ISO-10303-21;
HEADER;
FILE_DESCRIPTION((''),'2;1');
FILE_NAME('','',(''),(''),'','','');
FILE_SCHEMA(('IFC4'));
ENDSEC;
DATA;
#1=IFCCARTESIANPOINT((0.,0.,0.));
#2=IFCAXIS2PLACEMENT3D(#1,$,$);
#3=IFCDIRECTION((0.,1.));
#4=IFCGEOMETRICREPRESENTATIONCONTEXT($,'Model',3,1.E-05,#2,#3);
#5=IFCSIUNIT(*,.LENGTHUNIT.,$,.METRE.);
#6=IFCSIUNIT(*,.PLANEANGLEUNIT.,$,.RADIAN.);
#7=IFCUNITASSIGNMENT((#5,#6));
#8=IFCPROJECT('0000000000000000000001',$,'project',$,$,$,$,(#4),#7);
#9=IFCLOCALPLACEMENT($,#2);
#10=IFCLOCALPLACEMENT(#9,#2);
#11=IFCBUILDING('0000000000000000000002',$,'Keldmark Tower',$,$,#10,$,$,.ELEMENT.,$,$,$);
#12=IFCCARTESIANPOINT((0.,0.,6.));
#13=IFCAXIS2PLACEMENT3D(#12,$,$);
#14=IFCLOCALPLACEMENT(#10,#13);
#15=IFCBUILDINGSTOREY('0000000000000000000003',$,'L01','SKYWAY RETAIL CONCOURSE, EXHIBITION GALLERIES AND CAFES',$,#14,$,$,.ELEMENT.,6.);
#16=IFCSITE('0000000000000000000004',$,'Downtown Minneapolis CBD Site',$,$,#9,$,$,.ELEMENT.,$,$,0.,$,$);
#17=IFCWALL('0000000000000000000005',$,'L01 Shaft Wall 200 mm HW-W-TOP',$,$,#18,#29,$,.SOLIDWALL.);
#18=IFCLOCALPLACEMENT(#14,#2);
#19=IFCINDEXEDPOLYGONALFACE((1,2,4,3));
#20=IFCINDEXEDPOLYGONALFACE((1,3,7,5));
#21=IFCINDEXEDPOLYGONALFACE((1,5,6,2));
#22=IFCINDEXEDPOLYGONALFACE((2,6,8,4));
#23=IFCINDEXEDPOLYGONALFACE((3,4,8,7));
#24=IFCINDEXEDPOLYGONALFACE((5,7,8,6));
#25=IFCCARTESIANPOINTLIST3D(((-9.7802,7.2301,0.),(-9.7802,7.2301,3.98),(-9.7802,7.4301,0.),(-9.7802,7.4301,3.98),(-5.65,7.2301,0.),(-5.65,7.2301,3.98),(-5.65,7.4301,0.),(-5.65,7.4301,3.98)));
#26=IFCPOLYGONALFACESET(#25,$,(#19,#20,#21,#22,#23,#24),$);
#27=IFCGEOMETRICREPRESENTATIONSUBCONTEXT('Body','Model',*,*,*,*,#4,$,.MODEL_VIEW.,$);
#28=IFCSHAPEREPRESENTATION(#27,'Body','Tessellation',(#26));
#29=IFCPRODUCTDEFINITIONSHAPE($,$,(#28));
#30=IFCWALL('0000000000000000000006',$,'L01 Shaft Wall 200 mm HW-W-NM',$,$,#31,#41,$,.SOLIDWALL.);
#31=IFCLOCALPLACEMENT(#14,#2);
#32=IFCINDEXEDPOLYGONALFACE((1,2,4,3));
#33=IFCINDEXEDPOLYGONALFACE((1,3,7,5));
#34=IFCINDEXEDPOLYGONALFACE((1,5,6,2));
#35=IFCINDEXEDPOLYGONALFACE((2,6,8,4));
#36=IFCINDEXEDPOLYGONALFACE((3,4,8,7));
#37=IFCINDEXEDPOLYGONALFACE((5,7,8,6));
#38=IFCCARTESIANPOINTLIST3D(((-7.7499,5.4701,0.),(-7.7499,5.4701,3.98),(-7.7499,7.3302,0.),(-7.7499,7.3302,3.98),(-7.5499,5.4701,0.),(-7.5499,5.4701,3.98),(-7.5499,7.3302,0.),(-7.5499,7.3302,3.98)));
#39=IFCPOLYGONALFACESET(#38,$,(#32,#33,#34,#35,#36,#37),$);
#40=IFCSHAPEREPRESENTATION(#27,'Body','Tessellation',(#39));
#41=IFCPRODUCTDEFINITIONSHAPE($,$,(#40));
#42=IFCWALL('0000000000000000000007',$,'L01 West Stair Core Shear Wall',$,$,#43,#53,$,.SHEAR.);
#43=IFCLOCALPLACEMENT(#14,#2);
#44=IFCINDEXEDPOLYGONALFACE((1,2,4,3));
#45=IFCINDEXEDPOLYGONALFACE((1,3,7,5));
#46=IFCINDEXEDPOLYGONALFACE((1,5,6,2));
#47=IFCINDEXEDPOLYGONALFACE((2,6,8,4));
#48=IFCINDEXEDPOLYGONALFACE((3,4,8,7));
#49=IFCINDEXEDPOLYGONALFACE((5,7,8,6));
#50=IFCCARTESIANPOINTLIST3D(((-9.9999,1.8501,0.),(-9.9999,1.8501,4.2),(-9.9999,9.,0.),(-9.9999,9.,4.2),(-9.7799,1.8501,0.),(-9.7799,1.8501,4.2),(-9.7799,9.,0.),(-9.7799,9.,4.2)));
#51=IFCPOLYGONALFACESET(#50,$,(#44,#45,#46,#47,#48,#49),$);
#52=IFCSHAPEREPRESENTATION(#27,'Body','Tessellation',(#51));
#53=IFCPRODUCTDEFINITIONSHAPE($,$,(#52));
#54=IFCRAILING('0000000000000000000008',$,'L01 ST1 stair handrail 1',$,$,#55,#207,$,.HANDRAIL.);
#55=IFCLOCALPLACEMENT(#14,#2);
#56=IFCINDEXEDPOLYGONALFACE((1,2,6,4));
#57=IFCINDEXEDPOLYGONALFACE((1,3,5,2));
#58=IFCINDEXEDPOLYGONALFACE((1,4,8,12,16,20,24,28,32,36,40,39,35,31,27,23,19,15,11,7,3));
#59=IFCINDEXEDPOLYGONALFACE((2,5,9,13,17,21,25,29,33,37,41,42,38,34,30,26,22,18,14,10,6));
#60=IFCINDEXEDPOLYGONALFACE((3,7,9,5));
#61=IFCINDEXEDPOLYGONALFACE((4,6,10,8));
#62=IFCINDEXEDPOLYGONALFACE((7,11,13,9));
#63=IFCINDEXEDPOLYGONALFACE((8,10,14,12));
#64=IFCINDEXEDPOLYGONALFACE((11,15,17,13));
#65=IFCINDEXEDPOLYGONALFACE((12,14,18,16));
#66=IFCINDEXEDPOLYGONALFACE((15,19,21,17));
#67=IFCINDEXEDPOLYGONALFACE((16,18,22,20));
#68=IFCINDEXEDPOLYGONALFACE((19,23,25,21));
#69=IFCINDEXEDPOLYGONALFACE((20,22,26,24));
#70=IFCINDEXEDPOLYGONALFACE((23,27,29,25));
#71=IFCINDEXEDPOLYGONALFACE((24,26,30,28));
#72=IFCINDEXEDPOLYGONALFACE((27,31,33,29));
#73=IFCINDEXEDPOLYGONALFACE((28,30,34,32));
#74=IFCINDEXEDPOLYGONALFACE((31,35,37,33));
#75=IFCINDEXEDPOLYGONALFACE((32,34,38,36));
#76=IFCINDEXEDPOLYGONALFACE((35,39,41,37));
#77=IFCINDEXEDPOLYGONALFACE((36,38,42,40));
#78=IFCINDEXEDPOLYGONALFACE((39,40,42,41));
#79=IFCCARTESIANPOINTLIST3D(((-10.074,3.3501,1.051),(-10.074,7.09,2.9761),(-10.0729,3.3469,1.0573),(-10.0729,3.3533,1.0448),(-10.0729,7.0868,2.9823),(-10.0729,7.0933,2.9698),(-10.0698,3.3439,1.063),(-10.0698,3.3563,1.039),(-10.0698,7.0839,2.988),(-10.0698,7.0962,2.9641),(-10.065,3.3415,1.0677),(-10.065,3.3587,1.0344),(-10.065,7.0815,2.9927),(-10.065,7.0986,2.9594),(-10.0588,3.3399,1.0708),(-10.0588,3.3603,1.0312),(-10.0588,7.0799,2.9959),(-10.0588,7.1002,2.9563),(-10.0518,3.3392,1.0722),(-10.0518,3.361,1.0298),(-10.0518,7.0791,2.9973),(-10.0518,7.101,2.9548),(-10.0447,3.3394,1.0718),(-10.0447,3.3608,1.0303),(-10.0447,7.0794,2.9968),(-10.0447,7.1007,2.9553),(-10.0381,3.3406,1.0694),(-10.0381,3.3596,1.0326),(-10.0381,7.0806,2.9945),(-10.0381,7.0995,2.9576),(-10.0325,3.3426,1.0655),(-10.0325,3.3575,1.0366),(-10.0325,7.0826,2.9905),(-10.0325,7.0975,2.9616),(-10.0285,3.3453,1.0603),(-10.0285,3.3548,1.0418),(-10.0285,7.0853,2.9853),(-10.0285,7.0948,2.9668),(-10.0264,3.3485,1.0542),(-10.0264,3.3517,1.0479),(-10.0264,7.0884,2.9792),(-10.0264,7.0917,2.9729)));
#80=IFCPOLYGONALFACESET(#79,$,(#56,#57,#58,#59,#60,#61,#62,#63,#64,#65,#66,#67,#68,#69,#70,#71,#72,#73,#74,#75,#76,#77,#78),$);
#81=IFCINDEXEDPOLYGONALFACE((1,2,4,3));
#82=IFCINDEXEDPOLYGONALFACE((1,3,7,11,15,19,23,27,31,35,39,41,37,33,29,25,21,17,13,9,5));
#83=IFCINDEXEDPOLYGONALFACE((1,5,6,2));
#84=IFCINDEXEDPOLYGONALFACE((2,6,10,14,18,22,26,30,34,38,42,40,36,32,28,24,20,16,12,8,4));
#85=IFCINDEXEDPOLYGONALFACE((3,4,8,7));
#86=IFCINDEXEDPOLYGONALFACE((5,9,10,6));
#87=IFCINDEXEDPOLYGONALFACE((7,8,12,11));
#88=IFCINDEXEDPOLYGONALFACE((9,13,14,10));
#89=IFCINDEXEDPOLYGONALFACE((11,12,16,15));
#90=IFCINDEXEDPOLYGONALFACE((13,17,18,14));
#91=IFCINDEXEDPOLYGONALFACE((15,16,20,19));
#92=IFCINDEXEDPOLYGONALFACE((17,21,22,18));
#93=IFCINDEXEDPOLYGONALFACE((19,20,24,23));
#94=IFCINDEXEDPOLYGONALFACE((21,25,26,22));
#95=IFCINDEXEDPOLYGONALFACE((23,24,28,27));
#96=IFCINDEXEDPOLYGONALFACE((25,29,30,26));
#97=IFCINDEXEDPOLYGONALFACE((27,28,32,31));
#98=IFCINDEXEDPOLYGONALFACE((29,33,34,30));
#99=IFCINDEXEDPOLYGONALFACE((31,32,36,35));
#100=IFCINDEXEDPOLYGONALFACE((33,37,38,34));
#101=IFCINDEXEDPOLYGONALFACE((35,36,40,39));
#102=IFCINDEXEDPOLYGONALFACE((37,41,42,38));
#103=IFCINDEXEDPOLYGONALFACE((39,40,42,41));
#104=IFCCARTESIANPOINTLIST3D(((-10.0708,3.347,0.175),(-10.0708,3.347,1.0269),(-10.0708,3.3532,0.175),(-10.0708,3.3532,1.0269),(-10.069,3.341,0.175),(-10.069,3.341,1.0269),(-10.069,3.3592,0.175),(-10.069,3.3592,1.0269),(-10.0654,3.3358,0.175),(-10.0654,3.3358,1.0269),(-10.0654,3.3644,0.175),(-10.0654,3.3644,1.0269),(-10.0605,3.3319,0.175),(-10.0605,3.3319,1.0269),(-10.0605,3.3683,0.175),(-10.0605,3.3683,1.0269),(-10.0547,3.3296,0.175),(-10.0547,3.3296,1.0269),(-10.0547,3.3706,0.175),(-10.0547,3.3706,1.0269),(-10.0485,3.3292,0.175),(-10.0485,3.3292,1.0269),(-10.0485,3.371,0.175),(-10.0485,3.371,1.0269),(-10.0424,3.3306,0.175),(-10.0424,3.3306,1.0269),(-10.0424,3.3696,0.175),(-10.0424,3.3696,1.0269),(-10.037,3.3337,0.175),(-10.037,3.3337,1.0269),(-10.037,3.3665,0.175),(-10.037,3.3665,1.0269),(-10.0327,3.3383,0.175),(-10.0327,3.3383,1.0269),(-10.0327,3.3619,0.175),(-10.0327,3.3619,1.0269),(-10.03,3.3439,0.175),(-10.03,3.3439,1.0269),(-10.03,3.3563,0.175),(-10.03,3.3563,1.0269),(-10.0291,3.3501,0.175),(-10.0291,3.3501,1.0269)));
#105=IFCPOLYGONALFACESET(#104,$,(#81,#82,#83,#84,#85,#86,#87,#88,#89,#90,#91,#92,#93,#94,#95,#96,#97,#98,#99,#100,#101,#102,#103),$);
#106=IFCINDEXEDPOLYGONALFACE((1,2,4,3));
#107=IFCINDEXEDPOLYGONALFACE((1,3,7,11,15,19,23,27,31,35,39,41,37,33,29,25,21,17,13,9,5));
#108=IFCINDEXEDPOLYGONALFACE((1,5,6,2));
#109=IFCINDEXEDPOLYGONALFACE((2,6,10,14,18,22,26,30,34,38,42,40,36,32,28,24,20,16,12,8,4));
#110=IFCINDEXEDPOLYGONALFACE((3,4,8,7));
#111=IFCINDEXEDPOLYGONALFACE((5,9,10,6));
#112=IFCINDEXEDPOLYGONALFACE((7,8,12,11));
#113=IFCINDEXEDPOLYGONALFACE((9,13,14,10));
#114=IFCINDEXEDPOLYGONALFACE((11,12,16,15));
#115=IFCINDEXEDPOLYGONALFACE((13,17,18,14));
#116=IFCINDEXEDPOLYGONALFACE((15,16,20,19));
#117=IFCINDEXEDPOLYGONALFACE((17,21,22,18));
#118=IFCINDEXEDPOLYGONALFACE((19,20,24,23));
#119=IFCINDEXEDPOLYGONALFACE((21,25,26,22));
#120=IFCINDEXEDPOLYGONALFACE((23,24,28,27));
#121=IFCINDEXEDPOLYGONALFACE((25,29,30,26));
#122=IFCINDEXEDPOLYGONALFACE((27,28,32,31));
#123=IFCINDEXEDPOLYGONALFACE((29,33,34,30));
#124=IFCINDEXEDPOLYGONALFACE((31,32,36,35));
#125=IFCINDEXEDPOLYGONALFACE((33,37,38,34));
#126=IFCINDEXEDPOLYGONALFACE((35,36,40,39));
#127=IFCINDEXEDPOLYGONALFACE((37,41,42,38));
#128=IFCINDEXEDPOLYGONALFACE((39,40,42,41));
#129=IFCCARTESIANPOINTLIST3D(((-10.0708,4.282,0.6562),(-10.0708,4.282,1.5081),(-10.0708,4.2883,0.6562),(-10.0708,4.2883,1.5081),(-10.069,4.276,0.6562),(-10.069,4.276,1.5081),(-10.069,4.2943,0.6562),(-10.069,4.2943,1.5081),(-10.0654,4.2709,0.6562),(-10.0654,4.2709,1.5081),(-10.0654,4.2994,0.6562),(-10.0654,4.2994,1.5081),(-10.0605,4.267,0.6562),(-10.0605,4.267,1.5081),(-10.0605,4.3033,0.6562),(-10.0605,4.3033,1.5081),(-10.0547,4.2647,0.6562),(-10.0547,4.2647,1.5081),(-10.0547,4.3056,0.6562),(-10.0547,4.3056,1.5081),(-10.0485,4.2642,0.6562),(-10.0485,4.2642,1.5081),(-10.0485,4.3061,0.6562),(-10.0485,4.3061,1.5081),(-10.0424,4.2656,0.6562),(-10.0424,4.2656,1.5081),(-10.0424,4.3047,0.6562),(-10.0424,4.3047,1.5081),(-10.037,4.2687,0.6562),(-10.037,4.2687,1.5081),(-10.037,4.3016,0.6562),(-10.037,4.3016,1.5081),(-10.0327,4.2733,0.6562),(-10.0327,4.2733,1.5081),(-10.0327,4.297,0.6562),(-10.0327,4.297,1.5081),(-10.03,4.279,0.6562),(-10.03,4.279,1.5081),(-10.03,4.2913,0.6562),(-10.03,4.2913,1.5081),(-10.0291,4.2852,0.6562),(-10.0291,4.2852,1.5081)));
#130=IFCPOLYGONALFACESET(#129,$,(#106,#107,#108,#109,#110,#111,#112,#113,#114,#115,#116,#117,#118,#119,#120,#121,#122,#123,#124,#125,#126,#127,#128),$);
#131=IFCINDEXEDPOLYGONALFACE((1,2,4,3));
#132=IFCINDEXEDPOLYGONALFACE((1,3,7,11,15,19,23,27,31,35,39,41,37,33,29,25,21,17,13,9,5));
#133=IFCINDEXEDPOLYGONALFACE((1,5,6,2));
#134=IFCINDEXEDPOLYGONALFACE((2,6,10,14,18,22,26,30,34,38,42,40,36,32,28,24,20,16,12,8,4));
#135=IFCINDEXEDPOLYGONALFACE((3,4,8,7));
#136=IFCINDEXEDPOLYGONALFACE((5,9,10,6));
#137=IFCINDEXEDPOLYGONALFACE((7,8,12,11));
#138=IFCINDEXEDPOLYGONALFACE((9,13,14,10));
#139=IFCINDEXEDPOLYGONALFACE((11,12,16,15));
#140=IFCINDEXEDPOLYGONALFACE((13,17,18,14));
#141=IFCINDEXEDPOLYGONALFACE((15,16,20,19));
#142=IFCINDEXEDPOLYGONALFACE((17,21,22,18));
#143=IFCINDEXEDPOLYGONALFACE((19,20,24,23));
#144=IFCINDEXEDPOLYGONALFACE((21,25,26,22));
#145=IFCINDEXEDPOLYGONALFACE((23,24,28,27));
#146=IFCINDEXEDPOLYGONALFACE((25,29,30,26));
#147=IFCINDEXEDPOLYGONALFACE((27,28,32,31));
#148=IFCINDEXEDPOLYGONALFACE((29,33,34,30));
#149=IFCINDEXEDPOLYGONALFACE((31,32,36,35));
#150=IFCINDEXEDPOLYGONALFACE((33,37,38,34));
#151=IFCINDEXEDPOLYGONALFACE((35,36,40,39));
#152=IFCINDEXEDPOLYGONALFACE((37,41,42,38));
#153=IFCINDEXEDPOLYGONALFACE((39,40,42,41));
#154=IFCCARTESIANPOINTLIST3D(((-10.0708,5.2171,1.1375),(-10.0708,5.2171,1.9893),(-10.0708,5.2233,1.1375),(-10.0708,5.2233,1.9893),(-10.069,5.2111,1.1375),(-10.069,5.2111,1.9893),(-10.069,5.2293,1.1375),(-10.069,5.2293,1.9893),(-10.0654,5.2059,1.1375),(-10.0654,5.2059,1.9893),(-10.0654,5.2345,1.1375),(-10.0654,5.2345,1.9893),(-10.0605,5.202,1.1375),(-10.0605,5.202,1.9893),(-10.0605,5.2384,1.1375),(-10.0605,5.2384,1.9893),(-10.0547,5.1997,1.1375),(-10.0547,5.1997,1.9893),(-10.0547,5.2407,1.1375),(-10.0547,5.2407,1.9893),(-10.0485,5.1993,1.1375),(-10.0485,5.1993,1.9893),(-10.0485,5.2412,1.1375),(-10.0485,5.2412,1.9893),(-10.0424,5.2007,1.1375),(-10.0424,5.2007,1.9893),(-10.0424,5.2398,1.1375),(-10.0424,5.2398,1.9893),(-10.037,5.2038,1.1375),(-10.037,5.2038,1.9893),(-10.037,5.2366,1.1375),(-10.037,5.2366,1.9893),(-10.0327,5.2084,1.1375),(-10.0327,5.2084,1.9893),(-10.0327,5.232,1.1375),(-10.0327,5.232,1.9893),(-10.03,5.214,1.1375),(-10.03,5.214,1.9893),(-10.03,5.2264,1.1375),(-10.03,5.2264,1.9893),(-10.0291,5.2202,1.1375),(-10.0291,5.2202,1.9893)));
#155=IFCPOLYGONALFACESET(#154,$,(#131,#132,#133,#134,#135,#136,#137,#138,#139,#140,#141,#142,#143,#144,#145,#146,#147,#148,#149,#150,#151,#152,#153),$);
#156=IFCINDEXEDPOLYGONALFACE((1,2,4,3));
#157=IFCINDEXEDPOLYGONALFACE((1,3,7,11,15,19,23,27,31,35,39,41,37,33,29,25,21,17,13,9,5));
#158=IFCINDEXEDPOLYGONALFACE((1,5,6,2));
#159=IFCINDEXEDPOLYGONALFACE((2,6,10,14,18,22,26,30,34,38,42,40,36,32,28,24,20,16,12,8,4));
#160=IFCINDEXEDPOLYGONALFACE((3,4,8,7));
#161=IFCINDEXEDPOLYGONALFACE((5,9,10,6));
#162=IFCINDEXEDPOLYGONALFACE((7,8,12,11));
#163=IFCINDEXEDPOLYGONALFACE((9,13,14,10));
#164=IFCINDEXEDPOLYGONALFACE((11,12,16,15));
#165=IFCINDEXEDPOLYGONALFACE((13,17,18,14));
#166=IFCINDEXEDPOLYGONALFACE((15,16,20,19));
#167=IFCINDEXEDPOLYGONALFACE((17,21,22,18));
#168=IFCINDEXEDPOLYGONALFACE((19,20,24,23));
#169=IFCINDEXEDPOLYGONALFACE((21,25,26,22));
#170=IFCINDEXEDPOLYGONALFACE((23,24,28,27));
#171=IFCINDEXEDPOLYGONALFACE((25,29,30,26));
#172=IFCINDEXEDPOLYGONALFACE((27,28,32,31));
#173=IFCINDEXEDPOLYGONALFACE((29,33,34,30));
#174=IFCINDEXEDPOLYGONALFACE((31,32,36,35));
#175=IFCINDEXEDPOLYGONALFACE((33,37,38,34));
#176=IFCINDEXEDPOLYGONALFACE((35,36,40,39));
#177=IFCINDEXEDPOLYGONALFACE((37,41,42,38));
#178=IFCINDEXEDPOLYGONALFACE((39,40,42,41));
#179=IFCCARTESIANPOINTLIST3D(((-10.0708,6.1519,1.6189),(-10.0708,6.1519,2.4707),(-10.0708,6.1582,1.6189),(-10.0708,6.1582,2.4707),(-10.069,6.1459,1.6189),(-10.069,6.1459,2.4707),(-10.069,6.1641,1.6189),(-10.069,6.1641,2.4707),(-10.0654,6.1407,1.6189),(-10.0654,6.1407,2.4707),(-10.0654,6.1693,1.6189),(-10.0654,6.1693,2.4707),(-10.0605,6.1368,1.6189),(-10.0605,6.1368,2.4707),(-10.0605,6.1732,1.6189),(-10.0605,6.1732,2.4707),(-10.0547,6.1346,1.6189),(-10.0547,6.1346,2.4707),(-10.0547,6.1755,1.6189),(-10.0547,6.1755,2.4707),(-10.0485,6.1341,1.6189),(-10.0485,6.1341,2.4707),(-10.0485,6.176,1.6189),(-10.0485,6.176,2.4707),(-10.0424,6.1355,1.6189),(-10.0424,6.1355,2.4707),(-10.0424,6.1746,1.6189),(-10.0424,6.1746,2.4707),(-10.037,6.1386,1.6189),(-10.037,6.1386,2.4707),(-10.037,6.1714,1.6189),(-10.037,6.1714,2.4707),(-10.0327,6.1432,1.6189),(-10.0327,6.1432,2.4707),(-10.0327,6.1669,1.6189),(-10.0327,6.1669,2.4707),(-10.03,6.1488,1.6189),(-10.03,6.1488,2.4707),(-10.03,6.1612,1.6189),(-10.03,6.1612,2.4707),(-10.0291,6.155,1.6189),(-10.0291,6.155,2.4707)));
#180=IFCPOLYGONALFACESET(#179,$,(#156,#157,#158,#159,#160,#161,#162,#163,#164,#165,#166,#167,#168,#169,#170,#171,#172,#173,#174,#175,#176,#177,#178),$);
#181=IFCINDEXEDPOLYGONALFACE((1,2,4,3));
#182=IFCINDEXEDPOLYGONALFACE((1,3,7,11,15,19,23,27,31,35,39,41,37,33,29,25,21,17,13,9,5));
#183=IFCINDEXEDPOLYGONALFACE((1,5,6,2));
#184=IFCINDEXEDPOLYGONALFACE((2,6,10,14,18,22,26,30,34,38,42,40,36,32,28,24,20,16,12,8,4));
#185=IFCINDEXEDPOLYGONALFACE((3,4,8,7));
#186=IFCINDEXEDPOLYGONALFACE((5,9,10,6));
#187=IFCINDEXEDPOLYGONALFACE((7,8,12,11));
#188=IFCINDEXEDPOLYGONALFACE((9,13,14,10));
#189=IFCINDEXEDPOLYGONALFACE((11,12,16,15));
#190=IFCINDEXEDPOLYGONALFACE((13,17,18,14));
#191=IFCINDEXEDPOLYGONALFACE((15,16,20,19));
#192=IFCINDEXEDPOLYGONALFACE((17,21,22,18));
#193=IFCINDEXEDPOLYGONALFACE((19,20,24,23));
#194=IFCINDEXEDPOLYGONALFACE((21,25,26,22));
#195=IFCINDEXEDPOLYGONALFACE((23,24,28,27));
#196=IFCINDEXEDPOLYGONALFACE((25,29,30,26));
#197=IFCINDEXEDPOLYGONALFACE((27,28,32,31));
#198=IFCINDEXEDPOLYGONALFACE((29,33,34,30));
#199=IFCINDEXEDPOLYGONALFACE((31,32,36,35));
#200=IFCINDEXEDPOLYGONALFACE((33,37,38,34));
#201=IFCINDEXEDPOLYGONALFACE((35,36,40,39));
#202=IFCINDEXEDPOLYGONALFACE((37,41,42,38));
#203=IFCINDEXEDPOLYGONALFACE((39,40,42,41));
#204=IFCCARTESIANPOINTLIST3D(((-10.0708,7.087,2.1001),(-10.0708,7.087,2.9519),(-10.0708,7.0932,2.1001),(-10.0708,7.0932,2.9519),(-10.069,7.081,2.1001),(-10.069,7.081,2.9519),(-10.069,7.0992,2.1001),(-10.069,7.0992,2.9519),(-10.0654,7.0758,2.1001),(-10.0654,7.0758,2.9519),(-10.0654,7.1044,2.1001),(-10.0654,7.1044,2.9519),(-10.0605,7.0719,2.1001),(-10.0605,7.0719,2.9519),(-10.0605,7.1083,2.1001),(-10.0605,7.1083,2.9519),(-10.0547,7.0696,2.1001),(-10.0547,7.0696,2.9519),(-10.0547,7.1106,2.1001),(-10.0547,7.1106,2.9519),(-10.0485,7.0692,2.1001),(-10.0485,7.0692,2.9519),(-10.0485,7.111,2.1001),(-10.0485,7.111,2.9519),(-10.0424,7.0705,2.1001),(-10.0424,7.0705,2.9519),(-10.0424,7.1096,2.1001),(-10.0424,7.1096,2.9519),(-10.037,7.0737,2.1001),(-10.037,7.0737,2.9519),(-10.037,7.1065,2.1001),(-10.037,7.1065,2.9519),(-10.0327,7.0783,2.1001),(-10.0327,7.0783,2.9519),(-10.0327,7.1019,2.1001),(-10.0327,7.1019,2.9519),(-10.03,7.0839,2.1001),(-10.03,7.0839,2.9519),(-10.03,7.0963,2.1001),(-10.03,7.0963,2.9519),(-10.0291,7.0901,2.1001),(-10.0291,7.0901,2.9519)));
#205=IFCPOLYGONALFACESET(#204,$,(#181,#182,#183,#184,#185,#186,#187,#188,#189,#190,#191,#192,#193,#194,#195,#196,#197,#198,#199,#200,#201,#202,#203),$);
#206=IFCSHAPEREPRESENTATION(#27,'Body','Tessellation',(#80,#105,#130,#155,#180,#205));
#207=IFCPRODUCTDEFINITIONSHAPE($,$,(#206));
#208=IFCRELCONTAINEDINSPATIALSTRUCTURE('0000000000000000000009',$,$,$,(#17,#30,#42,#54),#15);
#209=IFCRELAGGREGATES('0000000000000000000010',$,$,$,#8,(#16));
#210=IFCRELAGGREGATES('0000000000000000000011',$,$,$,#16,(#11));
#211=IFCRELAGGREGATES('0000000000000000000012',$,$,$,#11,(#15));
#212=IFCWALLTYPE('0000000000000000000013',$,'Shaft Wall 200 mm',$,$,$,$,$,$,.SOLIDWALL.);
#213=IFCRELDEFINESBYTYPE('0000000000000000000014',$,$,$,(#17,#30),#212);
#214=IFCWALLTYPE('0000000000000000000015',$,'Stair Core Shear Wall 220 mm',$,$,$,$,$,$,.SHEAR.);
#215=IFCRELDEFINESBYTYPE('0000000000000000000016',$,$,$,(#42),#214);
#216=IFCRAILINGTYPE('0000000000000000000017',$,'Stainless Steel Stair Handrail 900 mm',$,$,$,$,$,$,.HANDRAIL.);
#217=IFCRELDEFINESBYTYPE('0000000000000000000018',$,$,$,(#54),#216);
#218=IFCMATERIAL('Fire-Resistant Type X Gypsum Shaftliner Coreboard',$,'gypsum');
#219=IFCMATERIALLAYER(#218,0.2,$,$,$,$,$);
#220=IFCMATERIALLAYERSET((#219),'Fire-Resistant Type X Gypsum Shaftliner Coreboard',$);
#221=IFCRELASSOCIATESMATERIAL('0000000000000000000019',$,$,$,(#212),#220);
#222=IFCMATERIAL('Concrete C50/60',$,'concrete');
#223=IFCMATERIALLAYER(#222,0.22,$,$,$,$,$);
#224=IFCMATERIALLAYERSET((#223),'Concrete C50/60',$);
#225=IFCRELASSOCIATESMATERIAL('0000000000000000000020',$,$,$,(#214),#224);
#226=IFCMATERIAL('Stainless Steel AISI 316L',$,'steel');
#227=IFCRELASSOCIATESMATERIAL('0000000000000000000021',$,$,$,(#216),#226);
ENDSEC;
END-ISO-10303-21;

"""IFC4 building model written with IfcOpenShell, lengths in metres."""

from ifc_helpers import new_model, si_unit, direction, frame, frame_2d, origin, origin_2d, place, context, subcontext, project, spatial, rectangle, circle, extrude, material, layer, layer_set, type_object, element, save


model = new_model("IFC4")

# Units and contexts
model_context = context("Model", 3, precision=1e-05, world=origin(), true_north=direction((0.0, 1.0)))
body_context = subcontext(model_context, "Body", "Model", "MODEL_VIEW")
ifc_project = project(units=[si_unit("LENGTHUNIT", "METRE"), si_unit("PLANEANGLEUNIT", "RADIAN")], contexts=[model_context])

# Site, building, storey
site_placement = place(None, origin())
site = spatial("IfcSite", under=ifc_project, at=site_placement, Name="Downtown Minneapolis CBD Site", CompositionType="ELEMENT", RefElevation=0.0)
building_placement = place(site_placement, origin())
building = spatial("IfcBuilding", under=site, at=building_placement, Name="Keldmark Tower", CompositionType="ELEMENT")
storey_placement = place(building_placement, frame((0.0, 0.0, 6.0)))
storey = spatial("IfcBuildingStorey", under=building, at=storey_placement, Name="L01", Description="SKYWAY RETAIL CONCOURSE, EXHIBITION GALLERIES AND CAFES", CompositionType="ELEMENT", Elevation=6.0)

# Shared definitions
ifc_material_1 = material(Name="Fire-Resistant Type X Gypsum Shaftliner Coreboard", Category="gypsum")
ifc_layer_1 = layer(ifc_material_1, 0.2)
ifc_layer_set_1 = layer_set([ifc_layer_1], Name="Fire-Resistant Type X Gypsum Shaftliner Coreboard")
wall_type_1 = type_object("IfcWallType", Name="Shaft Wall 200 mm", PredefinedType="SOLIDWALL", material=ifc_layer_set_1)

# Walls
wall_1_placement = place(storey_placement, frame((-9.78, 7.3301, 0.0), z_axis=(0.0, 0.0, 1.0), x_axis=(1.0, 0.0, 0.0)))
element("IfcWall", 1, at=wall_1_placement, inside=storey, type_object=wall_type_1, Name="L01 Shaft Wall 200 mm HW-W-TOP", PredefinedType="SOLIDWALL", context=body_context, shape_type="SweptSolid", body=[
    extrude(rectangle(XDim=4.1301, YDim=0.2, at=frame_2d((2.0649, 0.0))), origin(), (0.0, 0.0, 1.0), 3.98),
])
wall_2_placement = place(storey_placement, frame((-7.6499, 5.47, 0.0), z_axis=(0.0, 0.0, 1.0), x_axis=(0.0, 1.0, 0.0)))
element("IfcWall", 2, at=wall_2_placement, inside=storey, type_object=wall_type_1, Name="L01 Shaft Wall 200 mm HW-W-NM", PredefinedType="SOLIDWALL", context=body_context, shape_type="SweptSolid", body=[
    extrude(rectangle(XDim=1.8601, YDim=0.2, at=frame_2d((0.9302, 0.0))), origin(), (0.0, 0.0, 1.0), 3.98),
])
ifc_material_2 = material(Name="Concrete C50/60", Category="concrete")
ifc_layer_2 = layer(ifc_material_2, 0.22)
ifc_layer_set_2 = layer_set([ifc_layer_2], Name="Concrete C50/60")
wall_type_2 = type_object("IfcWallType", Name="Stair Core Shear Wall 220 mm", PredefinedType="SHEAR", material=ifc_layer_set_2)
wall_3_placement = place(storey_placement, frame((-9.8899, 1.8501, 0.0), z_axis=(0.0, 0.0, 1.0), x_axis=(0.0, 1.0, 0.0)))
element("IfcWall", 3, at=wall_3_placement, inside=storey, type_object=wall_type_2, Name="L01 West Stair Core Shear Wall", PredefinedType="SHEAR", context=body_context, shape_type="SweptSolid", body=[
    extrude(rectangle(XDim=7.1499, YDim=0.22, at=frame_2d((3.575, 0.0))), origin(), (0.0, 0.0, 1.0), 4.2),
])

# Railing
ifc_material_3 = material(Name="Stainless Steel AISI 316L", Category="steel")
railing_type = type_object("IfcRailingType", Name="Stainless Steel Stair Handrail 900 mm", PredefinedType="HANDRAIL", material=ifc_material_3)
railing_placement = place(storey_placement, frame((-10.05, 3.3501, 0.175)))
element("IfcRailing", 4, at=railing_placement, inside=storey, type_object=railing_type, Name="L01 ST1 stair handrail 1", PredefinedType="HANDRAIL", context=body_context, shape_type="SweptSolid", body=[
    extrude(circle(Radius=0.0239, at=origin_2d()), frame((0.0, 0.0, 0.876), z_axis=(0.0, 0.889131, 0.457654), x_axis=(-1.0, 0.0, 0.0)), (0.0, 0.0, 1.0), 4.2063),
    extrude(circle(Radius=0.021, at=origin_2d()), origin(), (0.0, 0.0, 1.0), 0.8518),
    extrude(circle(Radius=0.021, at=origin_2d()), frame((0.0, 0.9351, 0.4812)), (0.0, 0.0, 1.0), 0.8518),
    extrude(circle(Radius=0.021, at=origin_2d()), frame((0.0, 1.8701, 0.9624)), (0.0, 0.0, 1.0), 0.8518),
    extrude(circle(Radius=0.021, at=origin_2d()), frame((0.0, 2.8049, 1.4438)), (0.0, 0.0, 1.0), 0.8518),
    extrude(circle(Radius=0.021, at=origin_2d()), frame((0.0, 3.74, 1.925)), (0.0, 0.0, 1.0), 0.8518),
])

save(model, "model.ifc")
